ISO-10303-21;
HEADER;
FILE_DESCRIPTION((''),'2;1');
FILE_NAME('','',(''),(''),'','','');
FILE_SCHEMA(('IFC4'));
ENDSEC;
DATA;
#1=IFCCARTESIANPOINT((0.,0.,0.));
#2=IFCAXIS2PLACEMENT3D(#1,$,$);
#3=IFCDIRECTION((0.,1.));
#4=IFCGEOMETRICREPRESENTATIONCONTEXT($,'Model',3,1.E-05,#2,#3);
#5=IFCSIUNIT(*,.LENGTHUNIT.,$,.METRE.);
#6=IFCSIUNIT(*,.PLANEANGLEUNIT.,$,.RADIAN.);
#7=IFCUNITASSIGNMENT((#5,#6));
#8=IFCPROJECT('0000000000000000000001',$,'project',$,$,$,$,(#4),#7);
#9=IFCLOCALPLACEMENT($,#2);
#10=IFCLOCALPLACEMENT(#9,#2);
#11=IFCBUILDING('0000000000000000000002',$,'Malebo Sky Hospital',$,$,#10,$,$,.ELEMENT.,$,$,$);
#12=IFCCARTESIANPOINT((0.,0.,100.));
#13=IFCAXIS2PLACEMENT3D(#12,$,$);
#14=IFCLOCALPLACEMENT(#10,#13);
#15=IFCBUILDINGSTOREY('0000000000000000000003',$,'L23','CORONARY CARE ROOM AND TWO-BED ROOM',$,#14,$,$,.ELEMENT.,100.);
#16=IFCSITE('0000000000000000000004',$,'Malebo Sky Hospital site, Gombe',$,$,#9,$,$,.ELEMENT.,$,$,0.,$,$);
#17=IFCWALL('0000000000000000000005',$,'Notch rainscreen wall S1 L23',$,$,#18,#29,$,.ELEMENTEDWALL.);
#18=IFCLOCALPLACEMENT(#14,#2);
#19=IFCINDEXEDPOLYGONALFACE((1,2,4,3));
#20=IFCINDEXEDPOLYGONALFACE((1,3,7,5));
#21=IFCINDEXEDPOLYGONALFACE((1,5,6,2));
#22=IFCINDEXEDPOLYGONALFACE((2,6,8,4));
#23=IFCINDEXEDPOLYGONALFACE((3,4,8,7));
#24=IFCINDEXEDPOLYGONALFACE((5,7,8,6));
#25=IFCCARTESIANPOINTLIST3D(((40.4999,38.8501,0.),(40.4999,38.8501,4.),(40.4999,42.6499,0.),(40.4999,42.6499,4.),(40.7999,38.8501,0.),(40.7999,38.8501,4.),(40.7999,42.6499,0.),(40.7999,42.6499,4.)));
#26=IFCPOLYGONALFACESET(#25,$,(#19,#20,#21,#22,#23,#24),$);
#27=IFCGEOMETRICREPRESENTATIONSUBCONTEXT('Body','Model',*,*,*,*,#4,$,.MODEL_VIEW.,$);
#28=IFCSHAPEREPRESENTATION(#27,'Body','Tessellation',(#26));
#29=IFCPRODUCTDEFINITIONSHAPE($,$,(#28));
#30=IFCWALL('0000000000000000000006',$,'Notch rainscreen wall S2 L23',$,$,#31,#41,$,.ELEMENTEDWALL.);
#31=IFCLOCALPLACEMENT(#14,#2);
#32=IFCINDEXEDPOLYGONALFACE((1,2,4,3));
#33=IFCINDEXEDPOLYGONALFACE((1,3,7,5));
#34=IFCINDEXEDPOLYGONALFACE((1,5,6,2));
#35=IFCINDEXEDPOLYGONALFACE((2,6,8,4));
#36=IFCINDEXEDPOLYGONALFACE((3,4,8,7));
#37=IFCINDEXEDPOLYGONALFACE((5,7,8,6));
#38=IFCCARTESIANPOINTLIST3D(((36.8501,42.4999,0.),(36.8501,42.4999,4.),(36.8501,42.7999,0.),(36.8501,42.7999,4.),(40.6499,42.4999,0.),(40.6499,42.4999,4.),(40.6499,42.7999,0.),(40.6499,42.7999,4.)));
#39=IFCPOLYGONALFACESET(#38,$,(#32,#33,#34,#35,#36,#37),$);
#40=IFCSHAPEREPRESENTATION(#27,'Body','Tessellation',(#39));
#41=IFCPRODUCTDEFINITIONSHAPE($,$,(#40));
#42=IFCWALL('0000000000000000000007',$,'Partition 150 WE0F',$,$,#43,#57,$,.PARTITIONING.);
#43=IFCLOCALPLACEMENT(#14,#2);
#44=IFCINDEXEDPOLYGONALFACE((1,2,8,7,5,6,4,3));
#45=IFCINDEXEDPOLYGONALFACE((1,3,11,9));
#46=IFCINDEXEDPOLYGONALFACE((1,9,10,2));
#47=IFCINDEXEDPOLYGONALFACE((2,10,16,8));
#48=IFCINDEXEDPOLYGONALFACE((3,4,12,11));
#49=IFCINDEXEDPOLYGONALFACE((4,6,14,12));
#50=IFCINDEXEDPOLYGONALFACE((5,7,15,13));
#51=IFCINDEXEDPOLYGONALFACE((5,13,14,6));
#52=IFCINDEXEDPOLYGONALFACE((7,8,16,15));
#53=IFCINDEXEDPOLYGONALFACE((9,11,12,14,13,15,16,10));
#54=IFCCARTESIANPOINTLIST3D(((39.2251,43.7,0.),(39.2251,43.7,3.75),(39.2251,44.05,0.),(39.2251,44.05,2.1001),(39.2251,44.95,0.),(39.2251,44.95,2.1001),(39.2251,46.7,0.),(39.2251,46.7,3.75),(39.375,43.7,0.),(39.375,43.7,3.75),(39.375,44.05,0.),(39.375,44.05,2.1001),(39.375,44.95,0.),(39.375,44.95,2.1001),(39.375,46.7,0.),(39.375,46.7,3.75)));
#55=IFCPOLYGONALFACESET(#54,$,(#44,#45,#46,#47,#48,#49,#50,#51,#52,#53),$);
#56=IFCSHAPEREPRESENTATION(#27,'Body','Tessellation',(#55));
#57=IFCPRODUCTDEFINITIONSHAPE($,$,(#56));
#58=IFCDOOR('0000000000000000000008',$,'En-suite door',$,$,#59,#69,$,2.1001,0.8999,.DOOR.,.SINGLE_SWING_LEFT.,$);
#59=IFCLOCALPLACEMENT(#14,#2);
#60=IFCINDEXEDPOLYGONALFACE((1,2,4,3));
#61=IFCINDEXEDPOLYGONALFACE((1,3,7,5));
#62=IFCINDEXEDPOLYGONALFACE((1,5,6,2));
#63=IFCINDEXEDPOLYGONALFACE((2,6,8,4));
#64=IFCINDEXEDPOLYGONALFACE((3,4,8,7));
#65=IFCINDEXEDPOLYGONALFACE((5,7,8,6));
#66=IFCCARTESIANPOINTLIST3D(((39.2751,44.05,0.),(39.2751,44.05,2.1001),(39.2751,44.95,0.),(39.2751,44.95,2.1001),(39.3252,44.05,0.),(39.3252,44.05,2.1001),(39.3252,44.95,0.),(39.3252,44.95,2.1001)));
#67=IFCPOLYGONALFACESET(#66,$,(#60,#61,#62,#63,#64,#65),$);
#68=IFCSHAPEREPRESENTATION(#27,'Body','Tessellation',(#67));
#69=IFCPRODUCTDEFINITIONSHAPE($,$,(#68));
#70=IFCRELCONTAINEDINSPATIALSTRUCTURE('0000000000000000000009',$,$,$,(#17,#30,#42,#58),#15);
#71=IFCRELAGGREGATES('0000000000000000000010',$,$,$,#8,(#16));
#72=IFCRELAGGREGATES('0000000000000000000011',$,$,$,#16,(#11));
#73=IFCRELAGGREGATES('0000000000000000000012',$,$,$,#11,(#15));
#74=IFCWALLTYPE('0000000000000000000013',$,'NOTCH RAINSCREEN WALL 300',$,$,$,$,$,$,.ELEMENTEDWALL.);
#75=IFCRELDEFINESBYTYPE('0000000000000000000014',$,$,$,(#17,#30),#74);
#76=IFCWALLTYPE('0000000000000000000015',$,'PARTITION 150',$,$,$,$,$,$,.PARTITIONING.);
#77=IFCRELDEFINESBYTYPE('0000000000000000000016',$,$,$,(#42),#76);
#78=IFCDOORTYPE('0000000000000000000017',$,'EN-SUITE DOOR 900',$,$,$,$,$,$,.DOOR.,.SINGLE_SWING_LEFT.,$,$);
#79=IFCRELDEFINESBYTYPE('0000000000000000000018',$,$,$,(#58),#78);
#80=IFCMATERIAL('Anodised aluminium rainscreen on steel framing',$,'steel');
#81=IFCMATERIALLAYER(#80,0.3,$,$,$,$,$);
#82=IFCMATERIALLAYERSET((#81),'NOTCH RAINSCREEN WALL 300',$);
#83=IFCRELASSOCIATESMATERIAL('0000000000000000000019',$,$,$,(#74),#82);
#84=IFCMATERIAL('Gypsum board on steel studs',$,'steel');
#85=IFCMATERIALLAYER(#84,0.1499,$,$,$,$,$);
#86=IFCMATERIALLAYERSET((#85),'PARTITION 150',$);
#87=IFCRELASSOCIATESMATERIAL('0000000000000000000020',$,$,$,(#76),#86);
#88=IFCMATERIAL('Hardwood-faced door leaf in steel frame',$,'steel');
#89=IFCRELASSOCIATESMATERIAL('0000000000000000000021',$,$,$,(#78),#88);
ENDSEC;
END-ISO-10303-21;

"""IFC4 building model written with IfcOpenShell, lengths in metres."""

from ifc_helpers import new_model, si_unit, direction, frame, frame_2d, origin, place, context, subcontext, project, spatial, rectangle, extrude, material, layer, layer_set, type_object, element, fill, save


model = new_model("IFC4")

# Units and contexts
model_context = context("Model", 3, precision=1e-05, world=origin(), true_north=direction((0.0, 1.0)))
body_context = subcontext(model_context, "Body", "Model", "MODEL_VIEW")
ifc_project = project(units=[si_unit("LENGTHUNIT", "METRE"), si_unit("PLANEANGLEUNIT", "RADIAN")], contexts=[model_context])

# Site, building, storey
site_placement = place(None, origin())
site = spatial("IfcSite", under=ifc_project, at=site_placement, Name="Malebo Sky Hospital site, Gombe", CompositionType="ELEMENT", RefElevation=0.0)
building_placement = place(site_placement, origin())
building = spatial("IfcBuilding", under=site, at=building_placement, Name="Malebo Sky Hospital", CompositionType="ELEMENT")
storey_placement = place(building_placement, frame((0.0, 0.0, 100.0)))
storey = spatial("IfcBuildingStorey", under=building, at=storey_placement, Name="L23", Description="CORONARY CARE ROOM AND TWO-BED ROOM", CompositionType="ELEMENT", Elevation=100.0)

# Walls
ifc_material_1 = material(Name="Anodised aluminium rainscreen on steel framing", Category="steel")
ifc_layer_1 = layer(ifc_material_1, 0.3)
ifc_layer_set_1 = layer_set([ifc_layer_1], Name="NOTCH RAINSCREEN WALL 300")
wall_type_1 = type_object("IfcWallType", Name="NOTCH RAINSCREEN WALL 300", PredefinedType="ELEMENTEDWALL", material=ifc_layer_set_1)
for number, where, z_axis, x_axis, name in (
    (1, (40.6499, 38.8501, 0.0), (0.0, 0.0, 1.0), (0.0, 1.0, 0.0), "Notch rainscreen wall S1 L23"),
    (2, (40.6499, 42.6499, 0.0), (0.0, 0.0, 1.0), (-1.0, 0.0, 0.0), "Notch rainscreen wall S2 L23"),
):
    element("IfcWall", number, at=place(storey_placement, frame(where, z_axis=z_axis, x_axis=x_axis)), inside=storey, type_object=wall_type_1, Name=name, PredefinedType="ELEMENTEDWALL", context=body_context, shape_type="SweptSolid", body=[
        extrude(rectangle(XDim=3.7998, YDim=0.3, at=frame_2d((1.8999, 0.0))), origin(), (0.0, 0.0, 1.0), 4.0),
    ])

# Wall, opening, door
ifc_material_2 = material(Name="Gypsum board on steel studs", Category="steel")
ifc_layer_2 = layer(ifc_material_2, 0.1499)
ifc_layer_set_2 = layer_set([ifc_layer_2], Name="PARTITION 150")
wall_type_2 = type_object("IfcWallType", Name="PARTITION 150", PredefinedType="PARTITIONING", material=ifc_layer_set_2)
wall_placement = place(storey_placement, frame((39.3, 43.7, 0.0), z_axis=(0.0, 0.0, 1.0), x_axis=(0.0, 1.0, 0.0)))
wall = element("IfcWall", 3, at=wall_placement, inside=storey, type_object=wall_type_2, Name="Partition 150 WE0F", PredefinedType="PARTITIONING", context=body_context, shape_type="SweptSolid", body=[
    extrude(rectangle(XDim=3.0, YDim=0.1499, at=frame_2d((1.5, 0.0))), origin(), (0.0, 0.0, 1.0), 3.75),
])
opening_placement = place(wall_placement, frame((0.3501, 0.0, 0.0)))
opening = element("IfcOpeningElement", 4, at=opening_placement, cuts=wall, PredefinedType="OPENING", context=body_context, shape_type="SweptSolid", body=[
    extrude(rectangle(XDim=0.8999, YDim=2.1001, at=frame_2d((0.45, 1.05))), frame((0.0, 0.085, 0.0), z_axis=(0.0, -1.0, 0.0), x_axis=(1.0, 0.0, 0.0)), (0.0, 0.0, 1.0), 0.1699),
])
ifc_material_3 = material(Name="Hardwood-faced door leaf in steel frame", Category="steel")
door_type = type_object("IfcDoorType", Name="EN-SUITE DOOR 900", OperationType="SINGLE_SWING_LEFT", PredefinedType="DOOR", material=ifc_material_3)
door_placement = place(opening_placement, origin())
door = element("IfcDoor", 5, at=door_placement, inside=storey, type_object=door_type, Name="En-suite door", OperationType="SINGLE_SWING_LEFT", OverallHeight=2.1001, OverallWidth=0.8999, PredefinedType="DOOR", context=body_context, shape_type="SweptSolid", body=[
    extrude(rectangle(XDim=0.8999, YDim=2.1001, at=frame_2d((0.45, 1.05))), frame((0.0, 0.0249, 0.0), z_axis=(0.0, -1.0, 0.0), x_axis=(1.0, 0.0, 0.0)), (0.0, 0.0, 1.0), 0.05),
])
fill(opening, door)

save(model, "model.ifc")
